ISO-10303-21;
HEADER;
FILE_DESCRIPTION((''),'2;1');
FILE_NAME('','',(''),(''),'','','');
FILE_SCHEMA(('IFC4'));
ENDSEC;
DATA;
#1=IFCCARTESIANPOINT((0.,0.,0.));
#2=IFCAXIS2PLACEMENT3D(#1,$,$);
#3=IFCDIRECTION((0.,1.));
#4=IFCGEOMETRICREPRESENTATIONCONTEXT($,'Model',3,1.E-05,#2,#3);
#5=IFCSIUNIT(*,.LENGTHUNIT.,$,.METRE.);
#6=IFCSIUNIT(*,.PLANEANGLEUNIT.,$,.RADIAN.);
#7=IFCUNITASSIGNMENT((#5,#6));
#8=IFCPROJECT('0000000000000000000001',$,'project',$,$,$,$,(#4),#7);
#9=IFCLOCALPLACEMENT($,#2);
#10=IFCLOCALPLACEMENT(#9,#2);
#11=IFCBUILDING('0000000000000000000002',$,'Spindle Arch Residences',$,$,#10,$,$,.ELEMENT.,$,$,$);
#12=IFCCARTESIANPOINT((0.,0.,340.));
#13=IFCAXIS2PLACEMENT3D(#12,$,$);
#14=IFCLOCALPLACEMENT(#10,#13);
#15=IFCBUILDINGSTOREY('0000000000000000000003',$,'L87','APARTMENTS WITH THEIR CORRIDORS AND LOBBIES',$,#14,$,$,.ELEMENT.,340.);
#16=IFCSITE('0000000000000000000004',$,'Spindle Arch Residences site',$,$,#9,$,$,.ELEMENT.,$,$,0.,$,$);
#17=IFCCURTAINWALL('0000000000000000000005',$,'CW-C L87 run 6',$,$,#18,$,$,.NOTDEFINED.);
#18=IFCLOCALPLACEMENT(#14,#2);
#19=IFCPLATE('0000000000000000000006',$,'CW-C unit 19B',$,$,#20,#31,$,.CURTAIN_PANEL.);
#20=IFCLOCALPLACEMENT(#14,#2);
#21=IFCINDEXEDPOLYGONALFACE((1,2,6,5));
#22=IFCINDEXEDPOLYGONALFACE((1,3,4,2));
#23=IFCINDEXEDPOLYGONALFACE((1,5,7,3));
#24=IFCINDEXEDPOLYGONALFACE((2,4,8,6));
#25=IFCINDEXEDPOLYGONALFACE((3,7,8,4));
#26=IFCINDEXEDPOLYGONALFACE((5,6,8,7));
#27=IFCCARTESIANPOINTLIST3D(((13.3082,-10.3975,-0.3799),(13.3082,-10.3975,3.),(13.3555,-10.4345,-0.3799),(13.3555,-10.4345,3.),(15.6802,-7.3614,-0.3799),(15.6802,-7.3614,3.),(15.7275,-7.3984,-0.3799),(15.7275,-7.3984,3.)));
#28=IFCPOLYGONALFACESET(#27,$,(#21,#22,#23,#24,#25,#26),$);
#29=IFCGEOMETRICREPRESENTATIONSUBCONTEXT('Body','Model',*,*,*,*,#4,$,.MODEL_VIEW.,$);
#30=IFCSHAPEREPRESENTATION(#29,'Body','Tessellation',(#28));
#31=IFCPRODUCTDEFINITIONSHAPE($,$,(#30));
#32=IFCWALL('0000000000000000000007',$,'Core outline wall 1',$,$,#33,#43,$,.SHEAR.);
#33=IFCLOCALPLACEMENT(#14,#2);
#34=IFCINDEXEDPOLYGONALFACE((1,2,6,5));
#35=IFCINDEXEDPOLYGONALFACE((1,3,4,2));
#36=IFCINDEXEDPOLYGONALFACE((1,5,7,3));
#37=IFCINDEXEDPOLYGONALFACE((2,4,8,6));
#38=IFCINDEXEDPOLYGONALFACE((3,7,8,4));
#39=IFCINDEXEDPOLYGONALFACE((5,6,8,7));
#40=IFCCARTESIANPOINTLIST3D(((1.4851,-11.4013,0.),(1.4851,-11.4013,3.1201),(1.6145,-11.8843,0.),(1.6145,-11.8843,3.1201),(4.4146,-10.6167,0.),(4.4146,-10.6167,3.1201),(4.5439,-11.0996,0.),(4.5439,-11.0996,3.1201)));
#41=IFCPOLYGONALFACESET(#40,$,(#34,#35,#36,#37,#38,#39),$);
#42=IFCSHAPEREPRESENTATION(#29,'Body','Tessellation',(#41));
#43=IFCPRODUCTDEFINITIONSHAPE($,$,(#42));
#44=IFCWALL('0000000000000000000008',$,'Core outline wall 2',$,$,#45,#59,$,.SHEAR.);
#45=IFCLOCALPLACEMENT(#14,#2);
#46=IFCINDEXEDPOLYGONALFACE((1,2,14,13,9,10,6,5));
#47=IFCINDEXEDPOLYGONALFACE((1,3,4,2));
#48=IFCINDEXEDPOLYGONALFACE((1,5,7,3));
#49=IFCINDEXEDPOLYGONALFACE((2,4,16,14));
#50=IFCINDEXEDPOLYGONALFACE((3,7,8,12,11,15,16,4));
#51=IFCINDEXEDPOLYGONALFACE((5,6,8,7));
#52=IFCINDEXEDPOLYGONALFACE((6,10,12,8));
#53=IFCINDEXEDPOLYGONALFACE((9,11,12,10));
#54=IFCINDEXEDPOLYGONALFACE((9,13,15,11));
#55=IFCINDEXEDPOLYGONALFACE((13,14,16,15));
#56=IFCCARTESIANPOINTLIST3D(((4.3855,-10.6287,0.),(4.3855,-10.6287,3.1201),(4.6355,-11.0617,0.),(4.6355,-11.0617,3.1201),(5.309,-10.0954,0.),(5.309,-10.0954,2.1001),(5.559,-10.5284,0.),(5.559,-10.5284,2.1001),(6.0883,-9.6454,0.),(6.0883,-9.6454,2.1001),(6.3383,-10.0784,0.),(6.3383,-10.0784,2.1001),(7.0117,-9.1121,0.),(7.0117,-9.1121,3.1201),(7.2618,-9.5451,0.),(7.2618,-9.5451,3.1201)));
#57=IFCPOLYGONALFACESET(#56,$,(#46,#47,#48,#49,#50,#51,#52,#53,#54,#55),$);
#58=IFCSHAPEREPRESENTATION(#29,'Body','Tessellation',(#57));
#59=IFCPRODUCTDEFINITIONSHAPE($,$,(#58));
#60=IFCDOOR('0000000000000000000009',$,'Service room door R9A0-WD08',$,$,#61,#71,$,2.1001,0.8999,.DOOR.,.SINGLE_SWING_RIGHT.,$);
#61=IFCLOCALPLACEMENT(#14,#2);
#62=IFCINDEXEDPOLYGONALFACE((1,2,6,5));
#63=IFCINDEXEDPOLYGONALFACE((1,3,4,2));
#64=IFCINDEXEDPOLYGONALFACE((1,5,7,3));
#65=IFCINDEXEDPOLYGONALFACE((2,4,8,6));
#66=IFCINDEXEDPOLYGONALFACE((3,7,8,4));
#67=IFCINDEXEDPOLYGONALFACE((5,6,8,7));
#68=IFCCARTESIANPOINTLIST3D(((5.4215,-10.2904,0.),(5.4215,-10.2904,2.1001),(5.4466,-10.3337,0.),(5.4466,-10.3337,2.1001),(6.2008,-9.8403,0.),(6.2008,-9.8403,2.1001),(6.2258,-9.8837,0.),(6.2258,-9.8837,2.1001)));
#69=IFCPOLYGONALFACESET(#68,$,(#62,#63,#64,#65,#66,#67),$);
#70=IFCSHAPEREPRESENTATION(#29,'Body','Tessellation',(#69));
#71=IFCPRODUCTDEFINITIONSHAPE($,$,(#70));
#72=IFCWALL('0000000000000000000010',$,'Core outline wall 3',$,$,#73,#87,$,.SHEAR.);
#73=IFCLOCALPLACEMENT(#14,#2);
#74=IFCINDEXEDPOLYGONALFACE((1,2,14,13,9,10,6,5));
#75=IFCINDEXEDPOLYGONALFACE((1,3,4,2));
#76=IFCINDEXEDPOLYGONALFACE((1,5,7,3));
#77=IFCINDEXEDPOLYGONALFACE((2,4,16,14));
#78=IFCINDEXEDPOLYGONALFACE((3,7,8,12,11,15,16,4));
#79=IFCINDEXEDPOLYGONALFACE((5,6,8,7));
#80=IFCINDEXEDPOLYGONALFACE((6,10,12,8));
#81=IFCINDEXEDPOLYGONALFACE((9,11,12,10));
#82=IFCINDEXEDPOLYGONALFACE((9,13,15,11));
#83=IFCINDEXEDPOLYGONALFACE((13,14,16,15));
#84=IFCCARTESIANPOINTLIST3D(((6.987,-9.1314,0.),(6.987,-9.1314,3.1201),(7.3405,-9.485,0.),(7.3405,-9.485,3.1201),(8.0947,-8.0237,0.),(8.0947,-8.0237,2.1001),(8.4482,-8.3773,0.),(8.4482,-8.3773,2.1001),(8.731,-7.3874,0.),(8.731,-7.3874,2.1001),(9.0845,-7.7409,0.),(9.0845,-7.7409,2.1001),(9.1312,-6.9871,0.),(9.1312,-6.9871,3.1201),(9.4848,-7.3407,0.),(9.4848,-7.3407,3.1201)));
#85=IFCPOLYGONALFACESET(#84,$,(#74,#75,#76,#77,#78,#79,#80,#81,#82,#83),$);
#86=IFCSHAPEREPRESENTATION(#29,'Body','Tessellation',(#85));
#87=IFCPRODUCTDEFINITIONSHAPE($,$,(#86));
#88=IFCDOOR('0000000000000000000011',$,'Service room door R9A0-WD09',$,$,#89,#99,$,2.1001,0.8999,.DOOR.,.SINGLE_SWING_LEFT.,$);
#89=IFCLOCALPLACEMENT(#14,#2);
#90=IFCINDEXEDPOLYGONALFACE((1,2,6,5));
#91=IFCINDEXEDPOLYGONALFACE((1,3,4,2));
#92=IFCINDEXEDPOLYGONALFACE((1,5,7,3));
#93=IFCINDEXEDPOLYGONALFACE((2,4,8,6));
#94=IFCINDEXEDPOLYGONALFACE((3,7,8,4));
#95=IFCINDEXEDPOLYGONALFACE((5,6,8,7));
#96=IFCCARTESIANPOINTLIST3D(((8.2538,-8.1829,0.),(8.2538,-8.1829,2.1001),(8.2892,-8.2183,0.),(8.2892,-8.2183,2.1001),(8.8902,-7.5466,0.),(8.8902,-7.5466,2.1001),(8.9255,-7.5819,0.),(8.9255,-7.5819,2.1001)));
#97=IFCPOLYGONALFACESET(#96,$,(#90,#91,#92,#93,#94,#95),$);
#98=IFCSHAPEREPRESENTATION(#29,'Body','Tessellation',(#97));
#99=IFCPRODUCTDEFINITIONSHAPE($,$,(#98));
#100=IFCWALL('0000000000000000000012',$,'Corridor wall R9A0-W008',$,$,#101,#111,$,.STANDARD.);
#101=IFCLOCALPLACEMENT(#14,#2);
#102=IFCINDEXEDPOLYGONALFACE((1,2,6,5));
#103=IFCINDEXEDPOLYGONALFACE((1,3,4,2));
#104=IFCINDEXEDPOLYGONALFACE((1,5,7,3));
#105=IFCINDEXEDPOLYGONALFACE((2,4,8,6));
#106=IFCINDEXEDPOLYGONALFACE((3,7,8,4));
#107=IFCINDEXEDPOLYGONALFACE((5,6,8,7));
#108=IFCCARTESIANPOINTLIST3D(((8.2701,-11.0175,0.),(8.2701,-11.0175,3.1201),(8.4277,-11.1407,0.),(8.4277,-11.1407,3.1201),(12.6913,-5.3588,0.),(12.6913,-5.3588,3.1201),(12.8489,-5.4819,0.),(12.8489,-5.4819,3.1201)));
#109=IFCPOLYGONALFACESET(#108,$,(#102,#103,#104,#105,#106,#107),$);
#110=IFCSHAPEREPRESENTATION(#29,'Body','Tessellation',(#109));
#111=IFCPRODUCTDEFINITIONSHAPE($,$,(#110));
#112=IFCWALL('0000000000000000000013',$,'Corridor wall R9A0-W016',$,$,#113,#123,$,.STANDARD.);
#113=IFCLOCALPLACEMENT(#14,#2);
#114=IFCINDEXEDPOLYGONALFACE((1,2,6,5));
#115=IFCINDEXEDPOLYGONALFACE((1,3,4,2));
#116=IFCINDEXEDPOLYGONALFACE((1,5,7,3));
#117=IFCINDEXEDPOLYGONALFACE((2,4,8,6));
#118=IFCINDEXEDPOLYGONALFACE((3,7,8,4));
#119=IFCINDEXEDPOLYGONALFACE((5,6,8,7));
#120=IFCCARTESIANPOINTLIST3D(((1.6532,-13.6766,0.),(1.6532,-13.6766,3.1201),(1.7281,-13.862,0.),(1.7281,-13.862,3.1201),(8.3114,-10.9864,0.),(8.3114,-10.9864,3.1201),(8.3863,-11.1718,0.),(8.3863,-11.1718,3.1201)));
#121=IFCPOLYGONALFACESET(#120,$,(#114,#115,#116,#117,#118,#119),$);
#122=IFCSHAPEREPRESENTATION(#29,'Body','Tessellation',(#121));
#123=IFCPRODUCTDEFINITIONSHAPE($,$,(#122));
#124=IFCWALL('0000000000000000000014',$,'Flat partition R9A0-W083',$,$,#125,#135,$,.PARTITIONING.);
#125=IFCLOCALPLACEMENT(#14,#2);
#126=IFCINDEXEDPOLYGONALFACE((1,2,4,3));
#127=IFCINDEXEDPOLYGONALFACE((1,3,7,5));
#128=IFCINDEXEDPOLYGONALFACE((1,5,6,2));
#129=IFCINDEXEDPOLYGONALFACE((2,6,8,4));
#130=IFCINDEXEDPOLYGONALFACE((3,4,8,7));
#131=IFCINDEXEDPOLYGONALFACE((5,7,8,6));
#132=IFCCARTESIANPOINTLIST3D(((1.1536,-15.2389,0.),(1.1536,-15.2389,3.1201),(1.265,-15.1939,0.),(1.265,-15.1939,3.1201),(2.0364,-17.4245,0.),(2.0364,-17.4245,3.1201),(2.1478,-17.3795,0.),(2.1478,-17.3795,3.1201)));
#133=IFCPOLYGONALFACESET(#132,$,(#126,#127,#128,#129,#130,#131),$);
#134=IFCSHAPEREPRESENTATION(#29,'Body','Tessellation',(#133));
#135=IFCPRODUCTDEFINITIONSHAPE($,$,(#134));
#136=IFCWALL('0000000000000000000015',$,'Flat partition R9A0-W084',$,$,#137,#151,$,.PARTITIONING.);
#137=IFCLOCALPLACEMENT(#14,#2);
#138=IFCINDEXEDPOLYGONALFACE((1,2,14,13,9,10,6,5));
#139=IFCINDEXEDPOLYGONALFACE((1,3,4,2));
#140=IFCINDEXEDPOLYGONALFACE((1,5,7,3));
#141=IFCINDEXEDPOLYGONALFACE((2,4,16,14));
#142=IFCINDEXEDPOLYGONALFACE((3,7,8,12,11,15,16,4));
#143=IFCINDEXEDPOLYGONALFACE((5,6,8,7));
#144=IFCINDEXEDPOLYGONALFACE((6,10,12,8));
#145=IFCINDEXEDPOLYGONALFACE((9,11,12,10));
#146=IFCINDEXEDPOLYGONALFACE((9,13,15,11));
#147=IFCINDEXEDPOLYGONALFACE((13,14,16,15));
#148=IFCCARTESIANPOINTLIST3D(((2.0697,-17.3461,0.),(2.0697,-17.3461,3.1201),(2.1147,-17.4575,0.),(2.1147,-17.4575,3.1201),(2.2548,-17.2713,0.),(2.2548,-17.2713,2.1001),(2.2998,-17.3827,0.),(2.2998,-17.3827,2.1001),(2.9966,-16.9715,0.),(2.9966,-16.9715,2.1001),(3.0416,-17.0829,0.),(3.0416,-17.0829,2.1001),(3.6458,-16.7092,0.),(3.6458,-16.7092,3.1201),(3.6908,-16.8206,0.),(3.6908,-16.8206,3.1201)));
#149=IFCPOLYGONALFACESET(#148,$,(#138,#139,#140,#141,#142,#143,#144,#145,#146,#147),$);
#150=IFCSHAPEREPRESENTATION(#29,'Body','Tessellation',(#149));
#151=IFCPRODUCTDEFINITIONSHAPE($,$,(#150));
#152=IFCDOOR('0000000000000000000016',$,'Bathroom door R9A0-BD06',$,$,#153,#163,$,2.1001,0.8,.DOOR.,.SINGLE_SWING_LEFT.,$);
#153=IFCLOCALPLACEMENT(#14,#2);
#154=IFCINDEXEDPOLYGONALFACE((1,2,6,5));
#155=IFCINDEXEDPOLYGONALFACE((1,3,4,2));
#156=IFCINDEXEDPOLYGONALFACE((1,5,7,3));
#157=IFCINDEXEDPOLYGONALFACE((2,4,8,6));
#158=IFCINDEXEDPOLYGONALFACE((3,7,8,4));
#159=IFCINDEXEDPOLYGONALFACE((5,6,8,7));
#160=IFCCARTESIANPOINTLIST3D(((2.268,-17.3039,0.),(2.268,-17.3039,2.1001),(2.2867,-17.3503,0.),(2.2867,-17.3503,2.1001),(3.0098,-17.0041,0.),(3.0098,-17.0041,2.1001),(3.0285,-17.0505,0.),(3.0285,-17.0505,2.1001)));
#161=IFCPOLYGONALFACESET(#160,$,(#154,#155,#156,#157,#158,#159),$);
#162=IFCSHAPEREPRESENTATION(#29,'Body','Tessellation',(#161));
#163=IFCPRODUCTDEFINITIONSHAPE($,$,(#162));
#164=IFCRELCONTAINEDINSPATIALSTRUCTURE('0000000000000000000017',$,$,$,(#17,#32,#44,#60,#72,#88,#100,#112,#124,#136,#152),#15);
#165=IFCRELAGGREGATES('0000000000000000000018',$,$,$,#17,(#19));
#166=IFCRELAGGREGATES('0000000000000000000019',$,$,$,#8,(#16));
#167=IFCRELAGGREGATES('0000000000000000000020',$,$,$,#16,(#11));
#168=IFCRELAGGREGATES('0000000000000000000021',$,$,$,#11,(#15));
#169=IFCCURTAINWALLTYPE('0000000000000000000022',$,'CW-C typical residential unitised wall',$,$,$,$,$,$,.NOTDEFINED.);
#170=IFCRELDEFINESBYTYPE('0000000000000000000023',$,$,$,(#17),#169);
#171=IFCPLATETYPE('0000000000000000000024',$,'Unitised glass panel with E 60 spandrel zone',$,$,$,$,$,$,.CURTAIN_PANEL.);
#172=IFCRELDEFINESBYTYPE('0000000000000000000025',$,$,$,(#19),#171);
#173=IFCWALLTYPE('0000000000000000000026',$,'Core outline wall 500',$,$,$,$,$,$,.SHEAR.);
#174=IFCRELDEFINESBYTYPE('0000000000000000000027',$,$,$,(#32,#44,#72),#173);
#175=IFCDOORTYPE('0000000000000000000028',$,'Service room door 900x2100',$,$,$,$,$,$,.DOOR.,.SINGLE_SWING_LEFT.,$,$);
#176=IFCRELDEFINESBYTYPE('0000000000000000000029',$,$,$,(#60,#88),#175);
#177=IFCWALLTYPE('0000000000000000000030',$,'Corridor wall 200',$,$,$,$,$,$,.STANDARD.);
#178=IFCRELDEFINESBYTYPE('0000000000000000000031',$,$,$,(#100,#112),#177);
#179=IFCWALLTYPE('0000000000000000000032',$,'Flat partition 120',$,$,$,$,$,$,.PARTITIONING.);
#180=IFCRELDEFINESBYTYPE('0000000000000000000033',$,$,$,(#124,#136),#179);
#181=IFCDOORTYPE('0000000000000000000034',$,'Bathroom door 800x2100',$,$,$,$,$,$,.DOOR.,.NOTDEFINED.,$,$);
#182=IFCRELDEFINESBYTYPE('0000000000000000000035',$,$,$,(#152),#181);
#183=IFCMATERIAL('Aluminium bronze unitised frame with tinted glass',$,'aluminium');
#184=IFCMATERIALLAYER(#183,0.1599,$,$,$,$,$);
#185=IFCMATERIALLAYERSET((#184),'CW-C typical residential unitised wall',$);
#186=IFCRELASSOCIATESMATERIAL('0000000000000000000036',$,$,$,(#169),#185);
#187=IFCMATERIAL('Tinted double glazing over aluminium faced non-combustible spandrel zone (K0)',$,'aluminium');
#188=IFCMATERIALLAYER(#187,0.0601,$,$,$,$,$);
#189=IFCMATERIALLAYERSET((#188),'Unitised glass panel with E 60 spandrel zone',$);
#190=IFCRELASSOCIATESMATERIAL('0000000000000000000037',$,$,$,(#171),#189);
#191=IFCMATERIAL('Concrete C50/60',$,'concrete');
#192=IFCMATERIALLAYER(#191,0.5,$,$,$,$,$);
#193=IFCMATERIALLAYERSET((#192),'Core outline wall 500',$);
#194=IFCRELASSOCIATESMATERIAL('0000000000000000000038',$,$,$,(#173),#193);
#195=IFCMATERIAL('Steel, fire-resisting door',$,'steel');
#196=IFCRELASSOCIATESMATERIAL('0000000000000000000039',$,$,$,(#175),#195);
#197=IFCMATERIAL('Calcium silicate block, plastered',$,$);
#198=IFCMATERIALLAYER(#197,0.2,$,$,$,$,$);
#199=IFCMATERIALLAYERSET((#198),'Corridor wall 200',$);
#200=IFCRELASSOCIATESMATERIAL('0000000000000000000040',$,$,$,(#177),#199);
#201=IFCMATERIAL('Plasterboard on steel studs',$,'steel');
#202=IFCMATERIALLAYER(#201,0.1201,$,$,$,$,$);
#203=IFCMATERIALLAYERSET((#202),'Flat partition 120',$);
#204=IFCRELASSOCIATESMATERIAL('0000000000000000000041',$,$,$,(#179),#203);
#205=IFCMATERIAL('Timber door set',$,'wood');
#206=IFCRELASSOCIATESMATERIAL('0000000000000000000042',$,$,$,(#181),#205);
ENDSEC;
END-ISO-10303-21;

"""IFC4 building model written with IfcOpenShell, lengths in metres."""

from ifc_helpers import new_model, si_unit, direction, frame, frame_2d, origin, origin_2d, place, context, subcontext, project, spatial, rectangle, extrude, material, layer, layer_set, type_object, element, fill, aggregate, save


model = new_model("IFC4")

# Units and contexts
model_context = context("Model", 3, precision=1e-05, world=origin(), true_north=direction((0.0, 1.0)))
body_context = subcontext(model_context, "Body", "Model", "MODEL_VIEW")
ifc_project = project(units=[si_unit("LENGTHUNIT", "METRE"), si_unit("PLANEANGLEUNIT", "RADIAN")], contexts=[model_context])

# Site, building, storey
site_placement = place(None, origin())
site = spatial("IfcSite", under=ifc_project, at=site_placement, Name="Spindle Arch Residences site", CompositionType="ELEMENT", RefElevation=0.0)
building_placement = place(site_placement, origin())
building = spatial("IfcBuilding", under=site, at=building_placement, Name="Spindle Arch Residences", CompositionType="ELEMENT")
storey_placement = place(building_placement, frame((0.0, 0.0, 340.0)))
storey = spatial("IfcBuildingStorey", under=building, at=storey_placement, Name="L87", Description="APARTMENTS WITH THEIR CORRIDORS AND LOBBIES", CompositionType="ELEMENT", Elevation=340.0)

# Curtain wall
ifc_material_1 = material(Name="Aluminium bronze unitised frame with tinted glass", Category="aluminium")
ifc_layer_1 = layer(ifc_material_1, 0.1599)
ifc_layer_set_1 = layer_set([ifc_layer_1], Name="CW-C typical residential unitised wall")
curtain_wall_type = type_object("IfcCurtainWallType", Name="CW-C typical residential unitised wall", PredefinedType="NOTDEFINED", material=ifc_layer_set_1)
curtain_wall_placement = place(storey_placement, origin())
curtain_wall = element("IfcCurtainWall", 1, at=curtain_wall_placement, inside=storey, type_object=curtain_wall_type, Name="CW-C L87 run 6", PredefinedType="NOTDEFINED")

# Plate
ifc_material_2 = material(Name="Tinted double glazing over aluminium faced non-combustible spandrel zone (K0)", Category="aluminium")
ifc_layer_2 = layer(ifc_material_2, 0.0601)
ifc_layer_set_2 = layer_set([ifc_layer_2], Name="Unitised glass panel with E 60 spandrel zone")
plate_type = type_object("IfcPlateType", Name="Unitised glass panel with E 60 spandrel zone", PredefinedType="CURTAIN_PANEL", material=ifc_layer_set_2)
plate_1_placement = place(storey_placement, frame((14.5178, -8.8979, -0.3799), z_axis=(0.0, 0.0, 1.0), x_axis=(0.615661, 0.788011, 0.0)))
plate_1 = element("IfcPlate", 2, at=plate_1_placement, type_object=plate_type, Name="CW-C unit 19B", PredefinedType="CURTAIN_PANEL", context=body_context, shape_type="SweptSolid", body=[
    extrude(rectangle(XDim=3.8528, YDim=0.0601, at=origin_2d()), origin(), (0.0, 0.0, 1.0), 3.3799),
])
aggregate(curtain_wall, [plate_1])

# Wall
ifc_material_3 = material(Name="Concrete C50/60", Category="concrete")
ifc_layer_3 = layer(ifc_material_3, 0.5)
ifc_layer_set_3 = layer_set([ifc_layer_3], Name="Core outline wall 500")
wall_type_1 = type_object("IfcWallType", Name="Core outline wall 500", PredefinedType="SHEAR", material=ifc_layer_set_3)
wall_1_placement = place(storey_placement, frame((1.5498, -11.6428, 0.0), z_axis=(0.0, 0.0, 1.0), x_axis=(0.965948, 0.258735, 0.0)))
element("IfcWall", 3, at=wall_1_placement, inside=storey, type_object=wall_type_1, Name="Core outline wall 1", PredefinedType="SHEAR", context=body_context, shape_type="SweptSolid", body=[
    extrude(rectangle(XDim=3.0327, YDim=0.5, at=frame_2d((1.5164, 0.0))), origin(), (0.0, 0.0, 1.0), 3.1201),
])

# Walls, openings, doors
wall_2_placement = place(storey_placement, frame((4.5105, -10.8452, 0.0), z_axis=(0.0, 0.0, 1.0), x_axis=(0.865975, 0.500087, 0.0)))
wall_2 = element("IfcWall", 4, at=wall_2_placement, inside=storey, type_object=wall_type_1, Name="Core outline wall 2", PredefinedType="SHEAR", context=body_context, shape_type="SweptSolid", body=[
    extrude(rectangle(XDim=3.0327, YDim=0.5, at=frame_2d((1.5164, 0.0))), origin(), (0.0, 0.0, 1.0), 3.1201),
])
opening_1_placement = place(wall_2_placement, frame((1.0664, 0.0, 0.0)))
opening_1 = element("IfcOpeningElement", 5, at=opening_1_placement, cuts=wall_2, PredefinedType="OPENING", context=body_context, shape_type="SweptSolid", body=[
    extrude(rectangle(XDim=0.8999, YDim=2.1001, at=frame_2d((0.45, 1.05))), frame((0.0, 0.26, 0.0), z_axis=(0.0, -1.0, 0.0), x_axis=(1.0, 0.0, 0.0)), (0.0, 0.0, 1.0), 0.52),
])
ifc_material_4 = material(Name="Steel, fire-resisting door", Category="steel")
door_type_1 = type_object("IfcDoorType", Name="Service room door 900x2100", OperationType="SINGLE_SWING_LEFT", PredefinedType="DOOR", material=ifc_material_4)
door_1_placement = place(opening_1_placement, origin())
door_1 = element("IfcDoor", 6, at=door_1_placement, inside=storey, type_object=door_type_1, Name="Service room door R9A0-WD08", OperationType="SINGLE_SWING_RIGHT", OverallHeight=2.1001, OverallWidth=0.8999, PredefinedType="DOOR", context=body_context, shape_type="SweptSolid", body=[
    extrude(rectangle(XDim=0.8999, YDim=2.1001, at=frame_2d((0.45, 1.05))), frame((0.0, 0.0249, 0.0), z_axis=(0.0, -1.0, 0.0), x_axis=(1.0, 0.0, 0.0)), (0.0, 0.0, 1.0), 0.05),
])
fill(opening_1, door_1)
wall_3_placement = place(storey_placement, frame((7.1638, -9.3081, 0.0), z_axis=(0.0, 0.0, 1.0), x_axis=(0.707107, 0.707107, 0.0)))
wall_3 = element("IfcWall", 7, at=wall_3_placement, inside=storey, type_object=wall_type_1, Name="Core outline wall 3", PredefinedType="SHEAR", context=body_context, shape_type="SweptSolid", body=[
    extrude(rectangle(XDim=3.0325, YDim=0.5, at=frame_2d((1.5161, 0.0))), origin(), (0.0, 0.0, 1.0), 3.1201),
])
opening_2_placement = place(wall_3_placement, frame((1.5664, 0.0, 0.0)))
opening_2 = element("IfcOpeningElement", 8, at=opening_2_placement, cuts=wall_3, PredefinedType="OPENING", context=body_context, shape_type="SweptSolid", body=[
    extrude(rectangle(XDim=0.8999, YDim=2.1001, at=frame_2d((0.45, 1.05))), frame((0.0, 0.26, 0.0), z_axis=(0.0, -1.0, 0.0), x_axis=(1.0, 0.0, 0.0)), (0.0, 0.0, 1.0), 0.52),
])
door_2_placement = place(opening_2_placement, origin())
door_2 = element("IfcDoor", 9, at=door_2_placement, inside=storey, type_object=door_type_1, Name="Service room door R9A0-WD09", OperationType="SINGLE_SWING_LEFT", OverallHeight=2.1001, OverallWidth=0.8999, PredefinedType="DOOR", context=body_context, shape_type="SweptSolid", body=[
    extrude(rectangle(XDim=0.8999, YDim=2.1001, at=frame_2d((0.45, 1.05))), frame((0.0, 0.0249, 0.0), z_axis=(0.0, -1.0, 0.0), x_axis=(1.0, 0.0, 0.0)), (0.0, 0.0, 1.0), 0.05),
])
fill(opening_2, door_2)

# Walls
ifc_material_5 = material(Name="Calcium silicate block, plastered")
ifc_layer_4 = layer(ifc_material_5, 0.2)
ifc_layer_set_4 = layer_set([ifc_layer_4], Name="Corridor wall 200")
wall_type_2 = type_object("IfcWallType", Name="Corridor wall 200", PredefinedType="STANDARD", material=ifc_layer_set_4)
for number, where, z_axis, x_axis, name in (
    (10, (8.3489, -11.0791, 0.0), (0.0, 0.0, 1.0), (0.615669, 0.788005, 0.0), "Corridor wall R9A0-W008"),
    (11, (1.6907, -13.7693, 0.0), (0.0, 0.0, 1.0), (0.927179, 0.374618, 0.0), "Corridor wall R9A0-W016"),
):
    element("IfcWall", number, at=place(storey_placement, frame(where, z_axis=z_axis, x_axis=x_axis)), inside=storey, type_object=wall_type_2, Name=name, PredefinedType="STANDARD", context=body_context, shape_type="SweptSolid", body=[
        extrude(rectangle(XDim=7.1812, YDim=0.2, at=frame_2d((3.5906, 0.0))), origin(), (0.0, 0.0, 1.0), 3.1201),
    ])
ifc_material_6 = material(Name="Plasterboard on steel studs", Category="steel")
ifc_layer_5 = layer(ifc_material_6, 0.1201)
ifc_layer_set_5 = layer_set([ifc_layer_5], Name="Flat partition 120")
wall_type_3 = type_object("IfcWallType", Name="Flat partition 120", PredefinedType="PARTITIONING", material=ifc_layer_set_5)
wall_4_placement = place(storey_placement, frame((1.2092, -15.2163, 0.0), z_axis=(0.0, 0.0, 1.0), x_axis=(0.374532, -0.927214, 0.0)))
element("IfcWall", 12, at=wall_4_placement, inside=storey, type_object=wall_type_3, Name="Flat partition R9A0-W083", PredefinedType="PARTITIONING", context=body_context, shape_type="SweptSolid", body=[
    extrude(rectangle(XDim=2.3572, YDim=0.1201, at=frame_2d((1.1787, 0.0))), origin(), (0.0, 0.0, 1.0), 3.1201),
])

# Wall, opening, door
wall_5_placement = place(storey_placement, frame((2.092, -17.4019, 0.0), z_axis=(0.0, 0.0, 1.0), x_axis=(0.927154, 0.374681, 0.0)))
wall_5 = element("IfcWall", 13, at=wall_5_placement, inside=storey, type_object=wall_type_3, Name="Flat partition R9A0-W084", PredefinedType="PARTITIONING", context=body_context, shape_type="SweptSolid", body=[
    extrude(rectangle(XDim=1.7, YDim=0.1201, at=frame_2d((0.8501, 0.0))), origin(), (0.0, 0.0, 1.0), 3.1201),
])
opening_3_placement = place(wall_5_placement, frame((0.2, 0.0, 0.0)))
opening_3 = element("IfcOpeningElement", 14, at=opening_3_placement, cuts=wall_5, PredefinedType="OPENING", context=body_context, shape_type="SweptSolid", body=[
    extrude(rectangle(XDim=0.8, YDim=2.1001, at=frame_2d((0.3999, 1.05))), frame((0.0, 0.0701, 0.0), z_axis=(0.0, -1.0, 0.0), x_axis=(1.0, 0.0, 0.0)), (0.0, 0.0, 1.0), 0.1401),
])
ifc_material_7 = material(Name="Timber door set", Category="wood")
door_type_2 = type_object("IfcDoorType", Name="Bathroom door 800x2100", OperationType="NOTDEFINED", PredefinedType="DOOR", material=ifc_material_7)
door_3_placement = place(opening_3_placement, origin())
door_3 = element("IfcDoor", 15, at=door_3_placement, inside=storey, type_object=door_type_2, Name="Bathroom door R9A0-BD06", OperationType="SINGLE_SWING_LEFT", OverallHeight=2.1001, OverallWidth=0.8, PredefinedType="DOOR", context=body_context, shape_type="SweptSolid", body=[
    extrude(rectangle(XDim=0.8, YDim=2.1001, at=frame_2d((0.3999, 1.05))), frame((0.0, 0.0249, 0.0), z_axis=(0.0, -1.0, 0.0), x_axis=(1.0, 0.0, 0.0)), (0.0, 0.0, 1.0), 0.05),
])
fill(opening_3, door_3)

save(model, "model.ifc")
